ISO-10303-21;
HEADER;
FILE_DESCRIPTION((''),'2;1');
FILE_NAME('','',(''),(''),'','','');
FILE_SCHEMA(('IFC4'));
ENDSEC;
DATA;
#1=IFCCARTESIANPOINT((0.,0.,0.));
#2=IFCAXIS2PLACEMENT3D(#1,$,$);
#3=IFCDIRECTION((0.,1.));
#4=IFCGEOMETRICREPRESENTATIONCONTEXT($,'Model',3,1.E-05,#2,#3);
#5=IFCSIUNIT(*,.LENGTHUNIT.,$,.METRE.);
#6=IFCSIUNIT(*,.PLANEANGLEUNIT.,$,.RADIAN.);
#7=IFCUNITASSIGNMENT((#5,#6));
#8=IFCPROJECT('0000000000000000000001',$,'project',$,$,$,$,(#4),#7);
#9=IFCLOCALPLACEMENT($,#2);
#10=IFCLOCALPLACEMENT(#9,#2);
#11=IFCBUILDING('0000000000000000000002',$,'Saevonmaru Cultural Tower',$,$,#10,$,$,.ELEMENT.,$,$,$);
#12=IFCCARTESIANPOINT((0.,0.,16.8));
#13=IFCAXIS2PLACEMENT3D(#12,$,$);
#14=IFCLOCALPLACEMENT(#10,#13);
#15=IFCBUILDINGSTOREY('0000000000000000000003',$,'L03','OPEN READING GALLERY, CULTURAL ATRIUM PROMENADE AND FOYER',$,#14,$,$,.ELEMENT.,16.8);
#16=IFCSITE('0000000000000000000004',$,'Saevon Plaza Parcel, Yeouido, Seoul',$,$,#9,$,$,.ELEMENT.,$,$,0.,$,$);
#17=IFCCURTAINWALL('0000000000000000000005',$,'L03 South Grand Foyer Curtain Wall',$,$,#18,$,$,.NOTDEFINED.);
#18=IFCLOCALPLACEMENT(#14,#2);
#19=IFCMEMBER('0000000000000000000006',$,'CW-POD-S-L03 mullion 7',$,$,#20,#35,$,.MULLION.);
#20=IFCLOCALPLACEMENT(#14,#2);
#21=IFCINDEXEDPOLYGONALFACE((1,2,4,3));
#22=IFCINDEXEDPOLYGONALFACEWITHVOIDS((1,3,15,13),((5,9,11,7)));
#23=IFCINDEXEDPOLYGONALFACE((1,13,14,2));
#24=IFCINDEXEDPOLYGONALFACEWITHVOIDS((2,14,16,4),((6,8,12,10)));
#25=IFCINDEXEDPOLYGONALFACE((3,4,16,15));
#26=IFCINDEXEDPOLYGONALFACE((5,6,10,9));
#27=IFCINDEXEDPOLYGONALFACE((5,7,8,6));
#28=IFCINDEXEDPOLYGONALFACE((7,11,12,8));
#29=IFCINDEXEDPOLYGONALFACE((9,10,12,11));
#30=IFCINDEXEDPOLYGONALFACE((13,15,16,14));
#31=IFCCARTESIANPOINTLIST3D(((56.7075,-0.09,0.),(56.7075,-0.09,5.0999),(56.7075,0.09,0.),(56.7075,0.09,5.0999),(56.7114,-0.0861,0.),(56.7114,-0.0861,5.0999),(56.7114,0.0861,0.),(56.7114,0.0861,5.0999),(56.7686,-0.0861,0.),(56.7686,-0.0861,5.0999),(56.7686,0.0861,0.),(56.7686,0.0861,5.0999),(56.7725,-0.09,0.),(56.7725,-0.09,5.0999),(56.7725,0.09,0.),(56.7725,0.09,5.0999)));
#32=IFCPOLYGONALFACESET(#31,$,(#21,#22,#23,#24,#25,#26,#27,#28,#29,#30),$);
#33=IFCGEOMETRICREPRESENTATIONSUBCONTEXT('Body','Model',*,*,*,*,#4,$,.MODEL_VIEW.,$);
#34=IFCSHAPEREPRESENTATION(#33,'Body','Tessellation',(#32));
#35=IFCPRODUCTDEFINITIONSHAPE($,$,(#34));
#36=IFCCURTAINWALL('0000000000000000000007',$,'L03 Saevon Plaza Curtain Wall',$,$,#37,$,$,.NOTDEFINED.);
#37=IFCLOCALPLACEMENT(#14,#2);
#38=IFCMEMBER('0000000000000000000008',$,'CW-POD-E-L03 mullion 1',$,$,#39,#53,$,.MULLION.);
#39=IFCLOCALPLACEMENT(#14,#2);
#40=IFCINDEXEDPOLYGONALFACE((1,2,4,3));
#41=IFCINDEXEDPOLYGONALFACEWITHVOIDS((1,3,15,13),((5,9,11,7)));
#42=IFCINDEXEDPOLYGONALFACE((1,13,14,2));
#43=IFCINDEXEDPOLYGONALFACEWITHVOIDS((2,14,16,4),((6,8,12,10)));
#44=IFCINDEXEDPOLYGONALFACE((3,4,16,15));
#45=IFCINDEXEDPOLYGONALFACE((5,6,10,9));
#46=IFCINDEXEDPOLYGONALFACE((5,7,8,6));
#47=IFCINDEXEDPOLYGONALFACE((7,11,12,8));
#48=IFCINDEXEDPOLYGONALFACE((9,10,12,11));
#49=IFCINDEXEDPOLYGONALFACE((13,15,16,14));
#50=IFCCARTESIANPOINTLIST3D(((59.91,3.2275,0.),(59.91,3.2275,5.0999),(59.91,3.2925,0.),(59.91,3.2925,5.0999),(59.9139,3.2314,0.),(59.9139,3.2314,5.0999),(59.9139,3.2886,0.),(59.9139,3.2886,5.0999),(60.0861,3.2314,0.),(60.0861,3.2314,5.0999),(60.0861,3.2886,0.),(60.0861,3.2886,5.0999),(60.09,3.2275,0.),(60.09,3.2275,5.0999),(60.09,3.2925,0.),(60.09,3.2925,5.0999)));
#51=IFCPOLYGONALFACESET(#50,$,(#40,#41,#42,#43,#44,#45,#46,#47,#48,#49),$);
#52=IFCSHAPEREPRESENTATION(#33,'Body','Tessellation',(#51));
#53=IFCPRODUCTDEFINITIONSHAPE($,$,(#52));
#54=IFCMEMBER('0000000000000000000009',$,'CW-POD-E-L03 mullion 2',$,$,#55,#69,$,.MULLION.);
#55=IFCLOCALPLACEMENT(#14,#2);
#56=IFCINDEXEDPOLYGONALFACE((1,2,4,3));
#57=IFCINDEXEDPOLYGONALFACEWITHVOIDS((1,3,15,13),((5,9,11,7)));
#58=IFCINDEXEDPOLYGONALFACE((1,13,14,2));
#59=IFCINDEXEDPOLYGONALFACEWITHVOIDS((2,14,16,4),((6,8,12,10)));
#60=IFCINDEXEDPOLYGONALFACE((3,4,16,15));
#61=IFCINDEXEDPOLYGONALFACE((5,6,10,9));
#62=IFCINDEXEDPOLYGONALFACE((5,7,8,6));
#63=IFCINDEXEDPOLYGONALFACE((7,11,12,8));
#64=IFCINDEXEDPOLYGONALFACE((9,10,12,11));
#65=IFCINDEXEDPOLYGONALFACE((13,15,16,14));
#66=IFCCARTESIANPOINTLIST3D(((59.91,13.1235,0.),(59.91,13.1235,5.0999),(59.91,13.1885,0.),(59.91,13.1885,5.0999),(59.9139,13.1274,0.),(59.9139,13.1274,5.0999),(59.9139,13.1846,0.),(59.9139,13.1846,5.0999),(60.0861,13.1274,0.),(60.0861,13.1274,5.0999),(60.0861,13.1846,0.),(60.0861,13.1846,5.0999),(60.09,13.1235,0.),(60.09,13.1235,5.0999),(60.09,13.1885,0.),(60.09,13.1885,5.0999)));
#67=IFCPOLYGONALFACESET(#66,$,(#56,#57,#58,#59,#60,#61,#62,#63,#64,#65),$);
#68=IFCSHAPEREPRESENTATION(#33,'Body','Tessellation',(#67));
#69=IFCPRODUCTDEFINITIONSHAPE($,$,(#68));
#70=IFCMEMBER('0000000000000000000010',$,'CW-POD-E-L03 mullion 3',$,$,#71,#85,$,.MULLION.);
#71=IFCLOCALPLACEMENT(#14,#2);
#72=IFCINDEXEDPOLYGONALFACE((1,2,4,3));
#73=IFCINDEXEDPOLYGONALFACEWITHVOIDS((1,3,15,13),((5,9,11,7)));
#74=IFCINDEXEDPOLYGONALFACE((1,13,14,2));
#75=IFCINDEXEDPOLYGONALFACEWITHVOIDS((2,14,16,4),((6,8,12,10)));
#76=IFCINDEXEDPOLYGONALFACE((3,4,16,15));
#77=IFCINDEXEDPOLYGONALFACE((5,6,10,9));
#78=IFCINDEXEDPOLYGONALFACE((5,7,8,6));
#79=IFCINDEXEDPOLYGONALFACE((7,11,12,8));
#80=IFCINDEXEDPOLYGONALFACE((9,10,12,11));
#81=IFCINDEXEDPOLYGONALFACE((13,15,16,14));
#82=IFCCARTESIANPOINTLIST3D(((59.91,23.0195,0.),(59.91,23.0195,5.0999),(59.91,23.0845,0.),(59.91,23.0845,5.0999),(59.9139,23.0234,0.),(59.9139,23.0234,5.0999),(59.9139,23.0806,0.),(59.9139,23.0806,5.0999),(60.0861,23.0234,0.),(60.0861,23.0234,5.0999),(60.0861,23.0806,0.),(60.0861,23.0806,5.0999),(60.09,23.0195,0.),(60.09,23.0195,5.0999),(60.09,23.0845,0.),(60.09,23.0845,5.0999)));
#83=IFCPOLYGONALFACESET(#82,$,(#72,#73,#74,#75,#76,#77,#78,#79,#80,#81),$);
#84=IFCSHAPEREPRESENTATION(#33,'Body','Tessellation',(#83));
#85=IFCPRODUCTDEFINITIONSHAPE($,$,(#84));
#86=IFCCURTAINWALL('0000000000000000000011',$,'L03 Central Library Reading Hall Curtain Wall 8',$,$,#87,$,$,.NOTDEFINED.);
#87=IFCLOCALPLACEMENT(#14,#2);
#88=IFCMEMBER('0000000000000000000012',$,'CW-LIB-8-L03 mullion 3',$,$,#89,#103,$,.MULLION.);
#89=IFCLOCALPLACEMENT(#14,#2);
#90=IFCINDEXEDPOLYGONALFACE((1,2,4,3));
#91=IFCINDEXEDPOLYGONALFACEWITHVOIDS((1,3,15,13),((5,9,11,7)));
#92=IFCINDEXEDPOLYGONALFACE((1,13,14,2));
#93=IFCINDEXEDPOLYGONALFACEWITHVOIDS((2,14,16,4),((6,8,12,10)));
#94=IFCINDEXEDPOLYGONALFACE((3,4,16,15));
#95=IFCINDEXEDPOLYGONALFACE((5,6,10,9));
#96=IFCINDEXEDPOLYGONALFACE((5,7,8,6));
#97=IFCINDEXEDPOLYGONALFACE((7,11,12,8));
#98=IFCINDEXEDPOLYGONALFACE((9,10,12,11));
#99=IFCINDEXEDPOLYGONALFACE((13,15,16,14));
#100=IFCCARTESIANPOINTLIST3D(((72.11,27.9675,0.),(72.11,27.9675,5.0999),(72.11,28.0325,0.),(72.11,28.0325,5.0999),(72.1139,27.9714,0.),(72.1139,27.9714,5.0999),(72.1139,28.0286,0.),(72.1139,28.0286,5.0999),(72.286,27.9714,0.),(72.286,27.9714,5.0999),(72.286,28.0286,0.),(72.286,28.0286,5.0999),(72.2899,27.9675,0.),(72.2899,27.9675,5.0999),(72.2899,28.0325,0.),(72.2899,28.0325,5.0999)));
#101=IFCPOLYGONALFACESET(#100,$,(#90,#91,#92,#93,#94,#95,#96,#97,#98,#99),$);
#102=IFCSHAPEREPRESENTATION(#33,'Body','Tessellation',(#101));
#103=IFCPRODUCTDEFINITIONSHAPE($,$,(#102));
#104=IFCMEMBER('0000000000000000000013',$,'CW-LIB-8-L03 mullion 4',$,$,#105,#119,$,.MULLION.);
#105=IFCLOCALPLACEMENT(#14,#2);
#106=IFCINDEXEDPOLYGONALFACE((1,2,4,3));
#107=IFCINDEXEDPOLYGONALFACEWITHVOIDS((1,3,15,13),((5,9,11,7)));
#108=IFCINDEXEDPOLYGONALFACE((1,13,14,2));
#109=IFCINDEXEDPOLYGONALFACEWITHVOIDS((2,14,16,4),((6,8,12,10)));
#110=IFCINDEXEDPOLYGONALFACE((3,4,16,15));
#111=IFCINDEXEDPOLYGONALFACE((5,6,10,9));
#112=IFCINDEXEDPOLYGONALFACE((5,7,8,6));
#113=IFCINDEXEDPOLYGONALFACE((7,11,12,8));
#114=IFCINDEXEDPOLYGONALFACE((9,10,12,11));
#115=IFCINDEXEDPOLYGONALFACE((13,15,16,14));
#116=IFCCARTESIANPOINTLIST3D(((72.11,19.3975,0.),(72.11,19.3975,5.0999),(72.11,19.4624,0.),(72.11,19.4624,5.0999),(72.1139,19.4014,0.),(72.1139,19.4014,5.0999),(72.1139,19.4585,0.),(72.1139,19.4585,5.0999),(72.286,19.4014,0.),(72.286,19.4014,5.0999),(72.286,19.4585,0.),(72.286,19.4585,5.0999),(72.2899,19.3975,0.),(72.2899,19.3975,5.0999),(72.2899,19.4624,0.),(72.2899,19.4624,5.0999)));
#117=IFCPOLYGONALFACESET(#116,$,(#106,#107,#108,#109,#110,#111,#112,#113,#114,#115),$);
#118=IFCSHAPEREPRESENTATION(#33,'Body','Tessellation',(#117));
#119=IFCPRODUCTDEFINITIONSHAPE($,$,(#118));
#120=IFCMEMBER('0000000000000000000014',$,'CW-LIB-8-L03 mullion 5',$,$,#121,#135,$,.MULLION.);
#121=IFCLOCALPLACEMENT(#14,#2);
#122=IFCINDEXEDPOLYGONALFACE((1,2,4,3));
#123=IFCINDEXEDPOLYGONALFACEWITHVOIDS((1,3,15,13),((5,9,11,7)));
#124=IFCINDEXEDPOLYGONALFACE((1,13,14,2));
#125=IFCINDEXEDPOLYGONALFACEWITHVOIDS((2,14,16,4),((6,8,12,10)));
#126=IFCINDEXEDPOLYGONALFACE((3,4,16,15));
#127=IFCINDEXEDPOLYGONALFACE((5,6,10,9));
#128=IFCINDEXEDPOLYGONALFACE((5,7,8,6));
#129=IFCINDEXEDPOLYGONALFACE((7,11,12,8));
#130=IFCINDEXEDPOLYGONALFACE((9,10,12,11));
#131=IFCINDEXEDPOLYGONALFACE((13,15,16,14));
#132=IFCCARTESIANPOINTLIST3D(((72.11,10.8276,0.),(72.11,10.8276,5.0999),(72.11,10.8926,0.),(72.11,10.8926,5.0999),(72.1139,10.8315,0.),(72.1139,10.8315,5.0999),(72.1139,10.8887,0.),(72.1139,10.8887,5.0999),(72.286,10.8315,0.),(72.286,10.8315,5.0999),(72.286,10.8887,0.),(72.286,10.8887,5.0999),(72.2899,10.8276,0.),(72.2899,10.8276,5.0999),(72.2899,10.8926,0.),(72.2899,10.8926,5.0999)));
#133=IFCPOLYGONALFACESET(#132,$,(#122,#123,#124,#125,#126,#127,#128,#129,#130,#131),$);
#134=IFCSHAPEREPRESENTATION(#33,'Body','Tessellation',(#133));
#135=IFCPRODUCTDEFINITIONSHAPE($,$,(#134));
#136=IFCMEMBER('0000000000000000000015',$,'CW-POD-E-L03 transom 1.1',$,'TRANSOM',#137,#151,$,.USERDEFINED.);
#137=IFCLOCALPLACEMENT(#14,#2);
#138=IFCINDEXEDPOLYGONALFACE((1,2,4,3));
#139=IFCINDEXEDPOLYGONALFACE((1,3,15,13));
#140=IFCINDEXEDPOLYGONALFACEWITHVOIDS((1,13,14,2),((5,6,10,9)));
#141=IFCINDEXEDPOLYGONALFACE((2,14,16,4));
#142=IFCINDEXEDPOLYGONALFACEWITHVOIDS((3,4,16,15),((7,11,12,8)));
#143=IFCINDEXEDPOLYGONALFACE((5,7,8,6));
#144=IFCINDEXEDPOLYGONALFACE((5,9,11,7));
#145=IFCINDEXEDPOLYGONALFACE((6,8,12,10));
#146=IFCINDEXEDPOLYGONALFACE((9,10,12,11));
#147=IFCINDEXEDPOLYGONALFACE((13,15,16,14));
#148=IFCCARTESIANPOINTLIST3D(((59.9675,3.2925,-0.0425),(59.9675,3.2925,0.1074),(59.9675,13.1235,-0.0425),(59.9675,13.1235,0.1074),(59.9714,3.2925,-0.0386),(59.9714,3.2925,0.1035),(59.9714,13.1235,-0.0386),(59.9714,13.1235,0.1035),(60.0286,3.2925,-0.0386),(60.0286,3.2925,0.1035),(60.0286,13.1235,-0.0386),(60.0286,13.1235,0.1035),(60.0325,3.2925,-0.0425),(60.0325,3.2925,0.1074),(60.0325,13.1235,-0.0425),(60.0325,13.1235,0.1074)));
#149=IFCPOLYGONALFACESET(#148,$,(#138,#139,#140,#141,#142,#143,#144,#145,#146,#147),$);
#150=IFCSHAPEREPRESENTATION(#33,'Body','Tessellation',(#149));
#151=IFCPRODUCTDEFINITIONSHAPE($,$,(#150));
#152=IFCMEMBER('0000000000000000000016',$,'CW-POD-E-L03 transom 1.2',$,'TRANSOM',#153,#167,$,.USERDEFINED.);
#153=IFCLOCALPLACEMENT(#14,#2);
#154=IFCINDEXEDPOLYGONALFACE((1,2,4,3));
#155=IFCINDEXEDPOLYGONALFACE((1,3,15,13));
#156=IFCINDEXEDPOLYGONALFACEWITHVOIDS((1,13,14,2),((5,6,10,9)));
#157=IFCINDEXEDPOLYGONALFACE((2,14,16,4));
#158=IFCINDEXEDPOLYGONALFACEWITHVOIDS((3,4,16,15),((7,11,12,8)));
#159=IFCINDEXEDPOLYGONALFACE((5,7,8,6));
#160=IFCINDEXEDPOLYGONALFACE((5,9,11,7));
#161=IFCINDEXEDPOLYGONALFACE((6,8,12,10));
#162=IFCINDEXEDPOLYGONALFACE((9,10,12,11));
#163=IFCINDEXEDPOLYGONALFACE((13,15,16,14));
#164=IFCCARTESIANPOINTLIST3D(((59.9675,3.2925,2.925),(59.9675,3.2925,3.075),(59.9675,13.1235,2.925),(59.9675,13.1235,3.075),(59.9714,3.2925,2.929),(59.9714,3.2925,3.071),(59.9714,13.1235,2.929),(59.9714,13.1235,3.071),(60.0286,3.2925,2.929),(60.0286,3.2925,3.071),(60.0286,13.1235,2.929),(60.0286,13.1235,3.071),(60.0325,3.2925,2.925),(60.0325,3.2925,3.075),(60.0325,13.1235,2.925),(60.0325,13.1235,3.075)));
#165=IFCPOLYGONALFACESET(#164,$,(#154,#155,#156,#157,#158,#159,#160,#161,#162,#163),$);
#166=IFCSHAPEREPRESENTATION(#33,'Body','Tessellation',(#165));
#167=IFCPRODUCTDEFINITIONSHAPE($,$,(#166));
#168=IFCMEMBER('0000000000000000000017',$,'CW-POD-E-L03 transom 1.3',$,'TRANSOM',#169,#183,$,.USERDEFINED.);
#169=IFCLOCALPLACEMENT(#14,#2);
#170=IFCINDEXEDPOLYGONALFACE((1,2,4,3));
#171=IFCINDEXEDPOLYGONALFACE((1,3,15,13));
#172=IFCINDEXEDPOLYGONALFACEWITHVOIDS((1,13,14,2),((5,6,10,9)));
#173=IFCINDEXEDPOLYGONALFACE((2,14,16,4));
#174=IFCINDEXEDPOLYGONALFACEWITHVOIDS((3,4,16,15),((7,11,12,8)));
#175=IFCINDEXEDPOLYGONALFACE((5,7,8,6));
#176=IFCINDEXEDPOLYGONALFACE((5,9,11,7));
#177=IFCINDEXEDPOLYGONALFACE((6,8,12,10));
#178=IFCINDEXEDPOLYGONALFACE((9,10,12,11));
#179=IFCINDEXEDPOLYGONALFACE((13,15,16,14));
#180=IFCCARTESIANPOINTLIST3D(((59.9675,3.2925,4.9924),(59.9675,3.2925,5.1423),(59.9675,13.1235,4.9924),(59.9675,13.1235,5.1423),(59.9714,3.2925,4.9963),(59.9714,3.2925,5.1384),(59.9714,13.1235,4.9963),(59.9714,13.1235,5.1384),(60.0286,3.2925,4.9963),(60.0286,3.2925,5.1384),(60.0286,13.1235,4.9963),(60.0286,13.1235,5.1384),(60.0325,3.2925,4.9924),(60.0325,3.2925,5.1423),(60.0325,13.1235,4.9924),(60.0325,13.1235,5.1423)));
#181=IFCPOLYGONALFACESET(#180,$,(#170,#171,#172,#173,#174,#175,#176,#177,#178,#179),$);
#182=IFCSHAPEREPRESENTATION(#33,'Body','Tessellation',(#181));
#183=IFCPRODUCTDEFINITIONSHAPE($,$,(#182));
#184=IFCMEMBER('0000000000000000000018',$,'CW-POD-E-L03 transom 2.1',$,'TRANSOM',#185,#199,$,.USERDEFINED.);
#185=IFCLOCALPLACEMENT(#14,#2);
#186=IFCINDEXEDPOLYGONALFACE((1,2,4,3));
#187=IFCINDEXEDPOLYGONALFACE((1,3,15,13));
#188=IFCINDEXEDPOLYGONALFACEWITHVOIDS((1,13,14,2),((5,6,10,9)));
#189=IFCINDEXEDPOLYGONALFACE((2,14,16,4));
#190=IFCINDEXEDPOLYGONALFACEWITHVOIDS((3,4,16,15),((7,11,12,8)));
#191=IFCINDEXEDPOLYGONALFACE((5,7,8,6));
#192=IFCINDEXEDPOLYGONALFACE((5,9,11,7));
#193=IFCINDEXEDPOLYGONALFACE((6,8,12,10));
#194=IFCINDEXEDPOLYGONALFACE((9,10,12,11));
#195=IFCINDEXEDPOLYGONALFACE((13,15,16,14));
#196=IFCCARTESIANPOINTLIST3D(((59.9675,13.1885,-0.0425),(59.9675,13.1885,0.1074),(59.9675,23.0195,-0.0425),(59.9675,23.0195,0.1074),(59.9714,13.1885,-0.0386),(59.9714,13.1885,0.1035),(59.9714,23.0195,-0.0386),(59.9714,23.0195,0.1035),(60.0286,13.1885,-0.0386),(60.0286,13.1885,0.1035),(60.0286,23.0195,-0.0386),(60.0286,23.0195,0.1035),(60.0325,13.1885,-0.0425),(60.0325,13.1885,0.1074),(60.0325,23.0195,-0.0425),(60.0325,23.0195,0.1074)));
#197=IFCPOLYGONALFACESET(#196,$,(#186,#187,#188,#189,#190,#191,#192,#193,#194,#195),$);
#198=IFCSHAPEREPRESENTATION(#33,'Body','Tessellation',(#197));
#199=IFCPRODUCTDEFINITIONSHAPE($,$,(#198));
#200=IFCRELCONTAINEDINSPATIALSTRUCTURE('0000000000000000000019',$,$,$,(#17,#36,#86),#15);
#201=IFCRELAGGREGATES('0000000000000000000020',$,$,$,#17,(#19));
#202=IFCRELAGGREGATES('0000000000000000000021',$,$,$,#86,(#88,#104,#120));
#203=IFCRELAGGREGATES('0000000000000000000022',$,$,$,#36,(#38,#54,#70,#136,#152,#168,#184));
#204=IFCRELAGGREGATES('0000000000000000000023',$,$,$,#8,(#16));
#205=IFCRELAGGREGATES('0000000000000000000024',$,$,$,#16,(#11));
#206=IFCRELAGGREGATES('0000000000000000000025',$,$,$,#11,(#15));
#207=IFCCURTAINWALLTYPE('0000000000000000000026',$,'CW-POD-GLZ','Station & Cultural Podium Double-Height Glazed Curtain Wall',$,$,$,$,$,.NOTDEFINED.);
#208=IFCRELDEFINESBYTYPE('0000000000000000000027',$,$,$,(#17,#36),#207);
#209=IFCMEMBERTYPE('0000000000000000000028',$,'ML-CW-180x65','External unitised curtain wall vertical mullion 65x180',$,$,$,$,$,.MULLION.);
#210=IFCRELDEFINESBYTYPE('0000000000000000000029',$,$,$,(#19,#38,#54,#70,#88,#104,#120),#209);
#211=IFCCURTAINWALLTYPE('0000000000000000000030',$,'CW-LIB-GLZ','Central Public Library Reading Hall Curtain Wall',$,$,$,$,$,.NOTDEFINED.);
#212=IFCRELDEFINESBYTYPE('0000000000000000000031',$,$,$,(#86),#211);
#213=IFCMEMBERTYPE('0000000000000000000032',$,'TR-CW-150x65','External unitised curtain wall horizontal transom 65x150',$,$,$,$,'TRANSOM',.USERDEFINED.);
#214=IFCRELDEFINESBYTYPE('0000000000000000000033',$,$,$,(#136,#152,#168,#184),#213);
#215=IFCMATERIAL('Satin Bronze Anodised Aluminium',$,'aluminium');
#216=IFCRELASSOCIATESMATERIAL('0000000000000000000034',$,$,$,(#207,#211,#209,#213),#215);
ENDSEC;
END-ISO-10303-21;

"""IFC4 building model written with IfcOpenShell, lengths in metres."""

from ifc_helpers import new_model, si_unit, direction, frame, origin, origin_2d, place, context, subcontext, project, spatial, hollow_rectangle, extrude, material, material_profile, profile_set, type_object, element, aggregate, save


model = new_model("IFC4")

# Units and contexts
model_context = context("Model", 3, precision=1e-05, world=origin(), true_north=direction((0.0, 1.0)))
body_context = subcontext(model_context, "Body", "Model", "MODEL_VIEW")
ifc_project = project(units=[si_unit("LENGTHUNIT", "METRE"), si_unit("PLANEANGLEUNIT", "RADIAN")], contexts=[model_context])

# Site, building, storey
site_placement = place(None, origin())
site = spatial("IfcSite", under=ifc_project, at=site_placement, Name="Saevon Plaza Parcel, Yeouido, Seoul", CompositionType="ELEMENT", RefElevation=0.0)
building_placement = place(site_placement, origin())
building = spatial("IfcBuilding", under=site, at=building_placement, Name="Saevonmaru Cultural Tower", CompositionType="ELEMENT")
storey_placement = place(building_placement, frame((0.0, 0.0, 16.8)))
storey = spatial("IfcBuildingStorey", under=building, at=storey_placement, Name="L03", Description="OPEN READING GALLERY, CULTURAL ATRIUM PROMENADE AND FOYER", CompositionType="ELEMENT", Elevation=16.8)

# Curtain wall, member
ifc_material_1 = material(Name="Satin Bronze Anodised Aluminium", Category="aluminium")
curtain_wall_type_1 = type_object("IfcCurtainWallType", Name="CW-POD-GLZ", Description="Station & Cultural Podium Double-Height Glazed Curtain Wall", PredefinedType="NOTDEFINED", material=ifc_material_1)
curtain_wall_1_placement = place(storey_placement, origin())
curtain_wall_1 = element("IfcCurtainWall", 1, at=curtain_wall_1_placement, inside=storey, type_object=curtain_wall_type_1, Name="L03 South Grand Foyer Curtain Wall", PredefinedType="NOTDEFINED")
ifc_material_profile_1 = material_profile(ifc_material_1, hollow_rectangle(XDim=0.0649, YDim=0.1799, WallThickness=0.0039, at=origin_2d()), Name="ALU-MULL-180x65x4")
ifc_profile_set_1 = profile_set([ifc_material_profile_1], Name="Satin Bronze Anodised Aluminium")
member_type_1 = type_object("IfcMemberType", Name="ML-CW-180x65", Description="External unitised curtain wall vertical mullion 65x180", PredefinedType="MULLION", material=ifc_profile_set_1)
member_1_placement = place(storey_placement, frame((56.74, 0.0, 0.0), z_axis=(0.0, 0.0, 1.0), x_axis=(1.0, 0.0, 0.0)))
member_1 = element("IfcMember", 2, at=member_1_placement, type_object=member_type_1, Name="CW-POD-S-L03 mullion 7", PredefinedType="MULLION", context=body_context, shape_type="SweptSolid", body=[
    extrude(hollow_rectangle(XDim=0.0649, YDim=0.1799, WallThickness=0.0039, at=origin_2d()), origin(), (0.0, 0.0, 1.0), 5.0999),
])
aggregate(curtain_wall_1, [member_1])

# Curtain walls, members
curtain_wall_2_placement = place(storey_placement, origin())
curtain_wall_2 = element("IfcCurtainWall", 3, at=curtain_wall_2_placement, inside=storey, type_object=curtain_wall_type_1, Name="L03 Saevon Plaza Curtain Wall", PredefinedType="NOTDEFINED")
member_2_placement = place(storey_placement, frame((60.0, 3.26, 0.0), z_axis=(0.0, 0.0, 1.0), x_axis=(0.0, 1.0, 0.0)))
member_2 = element("IfcMember", 4, at=member_2_placement, type_object=member_type_1, Name="CW-POD-E-L03 mullion 1", PredefinedType="MULLION", context=body_context, shape_type="SweptSolid", body=[
    extrude(hollow_rectangle(XDim=0.0649, YDim=0.1799, WallThickness=0.0039, at=origin_2d()), origin(), (0.0, 0.0, 1.0), 5.0999),
])
member_3_placement = place(storey_placement, frame((60.0, 13.156, 0.0), z_axis=(0.0, 0.0, 1.0), x_axis=(0.0, 1.0, 0.0)))
member_3 = element("IfcMember", 5, at=member_3_placement, type_object=member_type_1, Name="CW-POD-E-L03 mullion 2", PredefinedType="MULLION", context=body_context, shape_type="SweptSolid", body=[
    extrude(hollow_rectangle(XDim=0.0649, YDim=0.1799, WallThickness=0.0039, at=origin_2d()), origin(), (0.0, 0.0, 1.0), 5.0999),
])
member_4_placement = place(storey_placement, frame((60.0, 23.052, 0.0), z_axis=(0.0, 0.0, 1.0), x_axis=(0.0, 1.0, 0.0)))
member_4 = element("IfcMember", 6, at=member_4_placement, type_object=member_type_1, Name="CW-POD-E-L03 mullion 3", PredefinedType="MULLION", context=body_context, shape_type="SweptSolid", body=[
    extrude(hollow_rectangle(XDim=0.0649, YDim=0.1799, WallThickness=0.0039, at=origin_2d()), origin(), (0.0, 0.0, 1.0), 5.0999),
])
curtain_wall_type_2 = type_object("IfcCurtainWallType", Name="CW-LIB-GLZ", Description="Central Public Library Reading Hall Curtain Wall", PredefinedType="NOTDEFINED", material=ifc_material_1)
curtain_wall_3_placement = place(storey_placement, origin())
curtain_wall_3 = element("IfcCurtainWall", 7, at=curtain_wall_3_placement, inside=storey, type_object=curtain_wall_type_2, Name="L03 Central Library Reading Hall Curtain Wall 8", PredefinedType="NOTDEFINED")
member_5_placement = place(storey_placement, frame((72.2, 28.0, 0.0), z_axis=(0.0, 0.0, 1.0), x_axis=(0.0, -1.0, 0.0)))
member_5 = element("IfcMember", 8, at=member_5_placement, type_object=member_type_1, Name="CW-LIB-8-L03 mullion 3", PredefinedType="MULLION", context=body_context, shape_type="SweptSolid", body=[
    extrude(hollow_rectangle(XDim=0.0649, YDim=0.1799, WallThickness=0.0039, at=origin_2d()), origin(), (0.0, 0.0, 1.0), 5.0999),
])
member_6_placement = place(storey_placement, frame((72.2, 19.4299, 0.0), z_axis=(0.0, 0.0, 1.0), x_axis=(0.0, -1.0, 0.0)))
member_6 = element("IfcMember", 9, at=member_6_placement, type_object=member_type_1, Name="CW-LIB-8-L03 mullion 4", PredefinedType="MULLION", context=body_context, shape_type="SweptSolid", body=[
    extrude(hollow_rectangle(XDim=0.0649, YDim=0.1799, WallThickness=0.0039, at=origin_2d()), origin(), (0.0, 0.0, 1.0), 5.0999),
])
member_7_placement = place(storey_placement, frame((72.2, 10.8601, 0.0), z_axis=(0.0, 0.0, 1.0), x_axis=(0.0, -1.0, 0.0)))
member_7 = element("IfcMember", 10, at=member_7_placement, type_object=member_type_1, Name="CW-LIB-8-L03 mullion 5", PredefinedType="MULLION", context=body_context, shape_type="SweptSolid", body=[
    extrude(hollow_rectangle(XDim=0.0649, YDim=0.1799, WallThickness=0.0039, at=origin_2d()), origin(), (0.0, 0.0, 1.0), 5.0999),
])

# Members
ifc_material_profile_2 = material_profile(ifc_material_1, hollow_rectangle(XDim=0.0649, YDim=0.1499, WallThickness=0.0039, at=origin_2d()), Name="ALU-TRAN-150x65x4")
ifc_profile_set_2 = profile_set([ifc_material_profile_2], Name="Satin Bronze Anodised Aluminium")
member_type_2 = type_object("IfcMemberType", Name="TR-CW-150x65", Description="External unitised curtain wall horizontal transom 65x150", ElementType="TRANSOM", PredefinedType="USERDEFINED", material=ifc_profile_set_2)
member_8_placement = place(storey_placement, frame((60.0, 3.2925, 0.0325), z_axis=(0.0, 1.0, 0.0), x_axis=(-1.0, 0.0, 0.0)))
member_8 = element("IfcMember", 11, at=member_8_placement, type_object=member_type_2, Name="CW-POD-E-L03 transom 1.1", ObjectType="TRANSOM", PredefinedType="USERDEFINED", context=body_context, shape_type="SweptSolid", body=[
    extrude(hollow_rectangle(XDim=0.0649, YDim=0.1499, WallThickness=0.0039, at=origin_2d()), origin(), (0.0, 0.0, 1.0), 9.8311),
])
member_9_placement = place(storey_placement, frame((60.0, 3.2925, 3.0), z_axis=(0.0, 1.0, 0.0), x_axis=(-1.0, 0.0, 0.0)))
member_9 = element("IfcMember", 12, at=member_9_placement, type_object=member_type_2, Name="CW-POD-E-L03 transom 1.2", ObjectType="TRANSOM", PredefinedType="USERDEFINED", context=body_context, shape_type="SweptSolid", body=[
    extrude(hollow_rectangle(XDim=0.0649, YDim=0.1499, WallThickness=0.0039, at=origin_2d()), origin(), (0.0, 0.0, 1.0), 9.8311),
])
member_10_placement = place(storey_placement, frame((60.0, 3.2925, 5.0674), z_axis=(0.0, 1.0, 0.0), x_axis=(-1.0, 0.0, 0.0)))
member_10 = element("IfcMember", 13, at=member_10_placement, type_object=member_type_2, Name="CW-POD-E-L03 transom 1.3", ObjectType="TRANSOM", PredefinedType="USERDEFINED", context=body_context, shape_type="SweptSolid", body=[
    extrude(hollow_rectangle(XDim=0.0649, YDim=0.1499, WallThickness=0.0039, at=origin_2d()), origin(), (0.0, 0.0, 1.0), 9.8311),
])
member_11_placement = place(storey_placement, frame((60.0, 13.1885, 0.0325), z_axis=(0.0, 1.0, 0.0), x_axis=(-1.0, 0.0, 0.0)))
member_11 = element("IfcMember", 14, at=member_11_placement, type_object=member_type_2, Name="CW-POD-E-L03 transom 2.1", ObjectType="TRANSOM", PredefinedType="USERDEFINED", context=body_context, shape_type="SweptSolid", body=[
    extrude(hollow_rectangle(XDim=0.0649, YDim=0.1499, WallThickness=0.0039, at=origin_2d()), origin(), (0.0, 0.0, 1.0), 9.8311),
])
aggregate(curtain_wall_3, [member_5, member_6, member_7])

aggregate(curtain_wall_2, [member_2, member_3, member_4, member_8, member_9, member_10, member_11])

save(model, "model.ifc")
